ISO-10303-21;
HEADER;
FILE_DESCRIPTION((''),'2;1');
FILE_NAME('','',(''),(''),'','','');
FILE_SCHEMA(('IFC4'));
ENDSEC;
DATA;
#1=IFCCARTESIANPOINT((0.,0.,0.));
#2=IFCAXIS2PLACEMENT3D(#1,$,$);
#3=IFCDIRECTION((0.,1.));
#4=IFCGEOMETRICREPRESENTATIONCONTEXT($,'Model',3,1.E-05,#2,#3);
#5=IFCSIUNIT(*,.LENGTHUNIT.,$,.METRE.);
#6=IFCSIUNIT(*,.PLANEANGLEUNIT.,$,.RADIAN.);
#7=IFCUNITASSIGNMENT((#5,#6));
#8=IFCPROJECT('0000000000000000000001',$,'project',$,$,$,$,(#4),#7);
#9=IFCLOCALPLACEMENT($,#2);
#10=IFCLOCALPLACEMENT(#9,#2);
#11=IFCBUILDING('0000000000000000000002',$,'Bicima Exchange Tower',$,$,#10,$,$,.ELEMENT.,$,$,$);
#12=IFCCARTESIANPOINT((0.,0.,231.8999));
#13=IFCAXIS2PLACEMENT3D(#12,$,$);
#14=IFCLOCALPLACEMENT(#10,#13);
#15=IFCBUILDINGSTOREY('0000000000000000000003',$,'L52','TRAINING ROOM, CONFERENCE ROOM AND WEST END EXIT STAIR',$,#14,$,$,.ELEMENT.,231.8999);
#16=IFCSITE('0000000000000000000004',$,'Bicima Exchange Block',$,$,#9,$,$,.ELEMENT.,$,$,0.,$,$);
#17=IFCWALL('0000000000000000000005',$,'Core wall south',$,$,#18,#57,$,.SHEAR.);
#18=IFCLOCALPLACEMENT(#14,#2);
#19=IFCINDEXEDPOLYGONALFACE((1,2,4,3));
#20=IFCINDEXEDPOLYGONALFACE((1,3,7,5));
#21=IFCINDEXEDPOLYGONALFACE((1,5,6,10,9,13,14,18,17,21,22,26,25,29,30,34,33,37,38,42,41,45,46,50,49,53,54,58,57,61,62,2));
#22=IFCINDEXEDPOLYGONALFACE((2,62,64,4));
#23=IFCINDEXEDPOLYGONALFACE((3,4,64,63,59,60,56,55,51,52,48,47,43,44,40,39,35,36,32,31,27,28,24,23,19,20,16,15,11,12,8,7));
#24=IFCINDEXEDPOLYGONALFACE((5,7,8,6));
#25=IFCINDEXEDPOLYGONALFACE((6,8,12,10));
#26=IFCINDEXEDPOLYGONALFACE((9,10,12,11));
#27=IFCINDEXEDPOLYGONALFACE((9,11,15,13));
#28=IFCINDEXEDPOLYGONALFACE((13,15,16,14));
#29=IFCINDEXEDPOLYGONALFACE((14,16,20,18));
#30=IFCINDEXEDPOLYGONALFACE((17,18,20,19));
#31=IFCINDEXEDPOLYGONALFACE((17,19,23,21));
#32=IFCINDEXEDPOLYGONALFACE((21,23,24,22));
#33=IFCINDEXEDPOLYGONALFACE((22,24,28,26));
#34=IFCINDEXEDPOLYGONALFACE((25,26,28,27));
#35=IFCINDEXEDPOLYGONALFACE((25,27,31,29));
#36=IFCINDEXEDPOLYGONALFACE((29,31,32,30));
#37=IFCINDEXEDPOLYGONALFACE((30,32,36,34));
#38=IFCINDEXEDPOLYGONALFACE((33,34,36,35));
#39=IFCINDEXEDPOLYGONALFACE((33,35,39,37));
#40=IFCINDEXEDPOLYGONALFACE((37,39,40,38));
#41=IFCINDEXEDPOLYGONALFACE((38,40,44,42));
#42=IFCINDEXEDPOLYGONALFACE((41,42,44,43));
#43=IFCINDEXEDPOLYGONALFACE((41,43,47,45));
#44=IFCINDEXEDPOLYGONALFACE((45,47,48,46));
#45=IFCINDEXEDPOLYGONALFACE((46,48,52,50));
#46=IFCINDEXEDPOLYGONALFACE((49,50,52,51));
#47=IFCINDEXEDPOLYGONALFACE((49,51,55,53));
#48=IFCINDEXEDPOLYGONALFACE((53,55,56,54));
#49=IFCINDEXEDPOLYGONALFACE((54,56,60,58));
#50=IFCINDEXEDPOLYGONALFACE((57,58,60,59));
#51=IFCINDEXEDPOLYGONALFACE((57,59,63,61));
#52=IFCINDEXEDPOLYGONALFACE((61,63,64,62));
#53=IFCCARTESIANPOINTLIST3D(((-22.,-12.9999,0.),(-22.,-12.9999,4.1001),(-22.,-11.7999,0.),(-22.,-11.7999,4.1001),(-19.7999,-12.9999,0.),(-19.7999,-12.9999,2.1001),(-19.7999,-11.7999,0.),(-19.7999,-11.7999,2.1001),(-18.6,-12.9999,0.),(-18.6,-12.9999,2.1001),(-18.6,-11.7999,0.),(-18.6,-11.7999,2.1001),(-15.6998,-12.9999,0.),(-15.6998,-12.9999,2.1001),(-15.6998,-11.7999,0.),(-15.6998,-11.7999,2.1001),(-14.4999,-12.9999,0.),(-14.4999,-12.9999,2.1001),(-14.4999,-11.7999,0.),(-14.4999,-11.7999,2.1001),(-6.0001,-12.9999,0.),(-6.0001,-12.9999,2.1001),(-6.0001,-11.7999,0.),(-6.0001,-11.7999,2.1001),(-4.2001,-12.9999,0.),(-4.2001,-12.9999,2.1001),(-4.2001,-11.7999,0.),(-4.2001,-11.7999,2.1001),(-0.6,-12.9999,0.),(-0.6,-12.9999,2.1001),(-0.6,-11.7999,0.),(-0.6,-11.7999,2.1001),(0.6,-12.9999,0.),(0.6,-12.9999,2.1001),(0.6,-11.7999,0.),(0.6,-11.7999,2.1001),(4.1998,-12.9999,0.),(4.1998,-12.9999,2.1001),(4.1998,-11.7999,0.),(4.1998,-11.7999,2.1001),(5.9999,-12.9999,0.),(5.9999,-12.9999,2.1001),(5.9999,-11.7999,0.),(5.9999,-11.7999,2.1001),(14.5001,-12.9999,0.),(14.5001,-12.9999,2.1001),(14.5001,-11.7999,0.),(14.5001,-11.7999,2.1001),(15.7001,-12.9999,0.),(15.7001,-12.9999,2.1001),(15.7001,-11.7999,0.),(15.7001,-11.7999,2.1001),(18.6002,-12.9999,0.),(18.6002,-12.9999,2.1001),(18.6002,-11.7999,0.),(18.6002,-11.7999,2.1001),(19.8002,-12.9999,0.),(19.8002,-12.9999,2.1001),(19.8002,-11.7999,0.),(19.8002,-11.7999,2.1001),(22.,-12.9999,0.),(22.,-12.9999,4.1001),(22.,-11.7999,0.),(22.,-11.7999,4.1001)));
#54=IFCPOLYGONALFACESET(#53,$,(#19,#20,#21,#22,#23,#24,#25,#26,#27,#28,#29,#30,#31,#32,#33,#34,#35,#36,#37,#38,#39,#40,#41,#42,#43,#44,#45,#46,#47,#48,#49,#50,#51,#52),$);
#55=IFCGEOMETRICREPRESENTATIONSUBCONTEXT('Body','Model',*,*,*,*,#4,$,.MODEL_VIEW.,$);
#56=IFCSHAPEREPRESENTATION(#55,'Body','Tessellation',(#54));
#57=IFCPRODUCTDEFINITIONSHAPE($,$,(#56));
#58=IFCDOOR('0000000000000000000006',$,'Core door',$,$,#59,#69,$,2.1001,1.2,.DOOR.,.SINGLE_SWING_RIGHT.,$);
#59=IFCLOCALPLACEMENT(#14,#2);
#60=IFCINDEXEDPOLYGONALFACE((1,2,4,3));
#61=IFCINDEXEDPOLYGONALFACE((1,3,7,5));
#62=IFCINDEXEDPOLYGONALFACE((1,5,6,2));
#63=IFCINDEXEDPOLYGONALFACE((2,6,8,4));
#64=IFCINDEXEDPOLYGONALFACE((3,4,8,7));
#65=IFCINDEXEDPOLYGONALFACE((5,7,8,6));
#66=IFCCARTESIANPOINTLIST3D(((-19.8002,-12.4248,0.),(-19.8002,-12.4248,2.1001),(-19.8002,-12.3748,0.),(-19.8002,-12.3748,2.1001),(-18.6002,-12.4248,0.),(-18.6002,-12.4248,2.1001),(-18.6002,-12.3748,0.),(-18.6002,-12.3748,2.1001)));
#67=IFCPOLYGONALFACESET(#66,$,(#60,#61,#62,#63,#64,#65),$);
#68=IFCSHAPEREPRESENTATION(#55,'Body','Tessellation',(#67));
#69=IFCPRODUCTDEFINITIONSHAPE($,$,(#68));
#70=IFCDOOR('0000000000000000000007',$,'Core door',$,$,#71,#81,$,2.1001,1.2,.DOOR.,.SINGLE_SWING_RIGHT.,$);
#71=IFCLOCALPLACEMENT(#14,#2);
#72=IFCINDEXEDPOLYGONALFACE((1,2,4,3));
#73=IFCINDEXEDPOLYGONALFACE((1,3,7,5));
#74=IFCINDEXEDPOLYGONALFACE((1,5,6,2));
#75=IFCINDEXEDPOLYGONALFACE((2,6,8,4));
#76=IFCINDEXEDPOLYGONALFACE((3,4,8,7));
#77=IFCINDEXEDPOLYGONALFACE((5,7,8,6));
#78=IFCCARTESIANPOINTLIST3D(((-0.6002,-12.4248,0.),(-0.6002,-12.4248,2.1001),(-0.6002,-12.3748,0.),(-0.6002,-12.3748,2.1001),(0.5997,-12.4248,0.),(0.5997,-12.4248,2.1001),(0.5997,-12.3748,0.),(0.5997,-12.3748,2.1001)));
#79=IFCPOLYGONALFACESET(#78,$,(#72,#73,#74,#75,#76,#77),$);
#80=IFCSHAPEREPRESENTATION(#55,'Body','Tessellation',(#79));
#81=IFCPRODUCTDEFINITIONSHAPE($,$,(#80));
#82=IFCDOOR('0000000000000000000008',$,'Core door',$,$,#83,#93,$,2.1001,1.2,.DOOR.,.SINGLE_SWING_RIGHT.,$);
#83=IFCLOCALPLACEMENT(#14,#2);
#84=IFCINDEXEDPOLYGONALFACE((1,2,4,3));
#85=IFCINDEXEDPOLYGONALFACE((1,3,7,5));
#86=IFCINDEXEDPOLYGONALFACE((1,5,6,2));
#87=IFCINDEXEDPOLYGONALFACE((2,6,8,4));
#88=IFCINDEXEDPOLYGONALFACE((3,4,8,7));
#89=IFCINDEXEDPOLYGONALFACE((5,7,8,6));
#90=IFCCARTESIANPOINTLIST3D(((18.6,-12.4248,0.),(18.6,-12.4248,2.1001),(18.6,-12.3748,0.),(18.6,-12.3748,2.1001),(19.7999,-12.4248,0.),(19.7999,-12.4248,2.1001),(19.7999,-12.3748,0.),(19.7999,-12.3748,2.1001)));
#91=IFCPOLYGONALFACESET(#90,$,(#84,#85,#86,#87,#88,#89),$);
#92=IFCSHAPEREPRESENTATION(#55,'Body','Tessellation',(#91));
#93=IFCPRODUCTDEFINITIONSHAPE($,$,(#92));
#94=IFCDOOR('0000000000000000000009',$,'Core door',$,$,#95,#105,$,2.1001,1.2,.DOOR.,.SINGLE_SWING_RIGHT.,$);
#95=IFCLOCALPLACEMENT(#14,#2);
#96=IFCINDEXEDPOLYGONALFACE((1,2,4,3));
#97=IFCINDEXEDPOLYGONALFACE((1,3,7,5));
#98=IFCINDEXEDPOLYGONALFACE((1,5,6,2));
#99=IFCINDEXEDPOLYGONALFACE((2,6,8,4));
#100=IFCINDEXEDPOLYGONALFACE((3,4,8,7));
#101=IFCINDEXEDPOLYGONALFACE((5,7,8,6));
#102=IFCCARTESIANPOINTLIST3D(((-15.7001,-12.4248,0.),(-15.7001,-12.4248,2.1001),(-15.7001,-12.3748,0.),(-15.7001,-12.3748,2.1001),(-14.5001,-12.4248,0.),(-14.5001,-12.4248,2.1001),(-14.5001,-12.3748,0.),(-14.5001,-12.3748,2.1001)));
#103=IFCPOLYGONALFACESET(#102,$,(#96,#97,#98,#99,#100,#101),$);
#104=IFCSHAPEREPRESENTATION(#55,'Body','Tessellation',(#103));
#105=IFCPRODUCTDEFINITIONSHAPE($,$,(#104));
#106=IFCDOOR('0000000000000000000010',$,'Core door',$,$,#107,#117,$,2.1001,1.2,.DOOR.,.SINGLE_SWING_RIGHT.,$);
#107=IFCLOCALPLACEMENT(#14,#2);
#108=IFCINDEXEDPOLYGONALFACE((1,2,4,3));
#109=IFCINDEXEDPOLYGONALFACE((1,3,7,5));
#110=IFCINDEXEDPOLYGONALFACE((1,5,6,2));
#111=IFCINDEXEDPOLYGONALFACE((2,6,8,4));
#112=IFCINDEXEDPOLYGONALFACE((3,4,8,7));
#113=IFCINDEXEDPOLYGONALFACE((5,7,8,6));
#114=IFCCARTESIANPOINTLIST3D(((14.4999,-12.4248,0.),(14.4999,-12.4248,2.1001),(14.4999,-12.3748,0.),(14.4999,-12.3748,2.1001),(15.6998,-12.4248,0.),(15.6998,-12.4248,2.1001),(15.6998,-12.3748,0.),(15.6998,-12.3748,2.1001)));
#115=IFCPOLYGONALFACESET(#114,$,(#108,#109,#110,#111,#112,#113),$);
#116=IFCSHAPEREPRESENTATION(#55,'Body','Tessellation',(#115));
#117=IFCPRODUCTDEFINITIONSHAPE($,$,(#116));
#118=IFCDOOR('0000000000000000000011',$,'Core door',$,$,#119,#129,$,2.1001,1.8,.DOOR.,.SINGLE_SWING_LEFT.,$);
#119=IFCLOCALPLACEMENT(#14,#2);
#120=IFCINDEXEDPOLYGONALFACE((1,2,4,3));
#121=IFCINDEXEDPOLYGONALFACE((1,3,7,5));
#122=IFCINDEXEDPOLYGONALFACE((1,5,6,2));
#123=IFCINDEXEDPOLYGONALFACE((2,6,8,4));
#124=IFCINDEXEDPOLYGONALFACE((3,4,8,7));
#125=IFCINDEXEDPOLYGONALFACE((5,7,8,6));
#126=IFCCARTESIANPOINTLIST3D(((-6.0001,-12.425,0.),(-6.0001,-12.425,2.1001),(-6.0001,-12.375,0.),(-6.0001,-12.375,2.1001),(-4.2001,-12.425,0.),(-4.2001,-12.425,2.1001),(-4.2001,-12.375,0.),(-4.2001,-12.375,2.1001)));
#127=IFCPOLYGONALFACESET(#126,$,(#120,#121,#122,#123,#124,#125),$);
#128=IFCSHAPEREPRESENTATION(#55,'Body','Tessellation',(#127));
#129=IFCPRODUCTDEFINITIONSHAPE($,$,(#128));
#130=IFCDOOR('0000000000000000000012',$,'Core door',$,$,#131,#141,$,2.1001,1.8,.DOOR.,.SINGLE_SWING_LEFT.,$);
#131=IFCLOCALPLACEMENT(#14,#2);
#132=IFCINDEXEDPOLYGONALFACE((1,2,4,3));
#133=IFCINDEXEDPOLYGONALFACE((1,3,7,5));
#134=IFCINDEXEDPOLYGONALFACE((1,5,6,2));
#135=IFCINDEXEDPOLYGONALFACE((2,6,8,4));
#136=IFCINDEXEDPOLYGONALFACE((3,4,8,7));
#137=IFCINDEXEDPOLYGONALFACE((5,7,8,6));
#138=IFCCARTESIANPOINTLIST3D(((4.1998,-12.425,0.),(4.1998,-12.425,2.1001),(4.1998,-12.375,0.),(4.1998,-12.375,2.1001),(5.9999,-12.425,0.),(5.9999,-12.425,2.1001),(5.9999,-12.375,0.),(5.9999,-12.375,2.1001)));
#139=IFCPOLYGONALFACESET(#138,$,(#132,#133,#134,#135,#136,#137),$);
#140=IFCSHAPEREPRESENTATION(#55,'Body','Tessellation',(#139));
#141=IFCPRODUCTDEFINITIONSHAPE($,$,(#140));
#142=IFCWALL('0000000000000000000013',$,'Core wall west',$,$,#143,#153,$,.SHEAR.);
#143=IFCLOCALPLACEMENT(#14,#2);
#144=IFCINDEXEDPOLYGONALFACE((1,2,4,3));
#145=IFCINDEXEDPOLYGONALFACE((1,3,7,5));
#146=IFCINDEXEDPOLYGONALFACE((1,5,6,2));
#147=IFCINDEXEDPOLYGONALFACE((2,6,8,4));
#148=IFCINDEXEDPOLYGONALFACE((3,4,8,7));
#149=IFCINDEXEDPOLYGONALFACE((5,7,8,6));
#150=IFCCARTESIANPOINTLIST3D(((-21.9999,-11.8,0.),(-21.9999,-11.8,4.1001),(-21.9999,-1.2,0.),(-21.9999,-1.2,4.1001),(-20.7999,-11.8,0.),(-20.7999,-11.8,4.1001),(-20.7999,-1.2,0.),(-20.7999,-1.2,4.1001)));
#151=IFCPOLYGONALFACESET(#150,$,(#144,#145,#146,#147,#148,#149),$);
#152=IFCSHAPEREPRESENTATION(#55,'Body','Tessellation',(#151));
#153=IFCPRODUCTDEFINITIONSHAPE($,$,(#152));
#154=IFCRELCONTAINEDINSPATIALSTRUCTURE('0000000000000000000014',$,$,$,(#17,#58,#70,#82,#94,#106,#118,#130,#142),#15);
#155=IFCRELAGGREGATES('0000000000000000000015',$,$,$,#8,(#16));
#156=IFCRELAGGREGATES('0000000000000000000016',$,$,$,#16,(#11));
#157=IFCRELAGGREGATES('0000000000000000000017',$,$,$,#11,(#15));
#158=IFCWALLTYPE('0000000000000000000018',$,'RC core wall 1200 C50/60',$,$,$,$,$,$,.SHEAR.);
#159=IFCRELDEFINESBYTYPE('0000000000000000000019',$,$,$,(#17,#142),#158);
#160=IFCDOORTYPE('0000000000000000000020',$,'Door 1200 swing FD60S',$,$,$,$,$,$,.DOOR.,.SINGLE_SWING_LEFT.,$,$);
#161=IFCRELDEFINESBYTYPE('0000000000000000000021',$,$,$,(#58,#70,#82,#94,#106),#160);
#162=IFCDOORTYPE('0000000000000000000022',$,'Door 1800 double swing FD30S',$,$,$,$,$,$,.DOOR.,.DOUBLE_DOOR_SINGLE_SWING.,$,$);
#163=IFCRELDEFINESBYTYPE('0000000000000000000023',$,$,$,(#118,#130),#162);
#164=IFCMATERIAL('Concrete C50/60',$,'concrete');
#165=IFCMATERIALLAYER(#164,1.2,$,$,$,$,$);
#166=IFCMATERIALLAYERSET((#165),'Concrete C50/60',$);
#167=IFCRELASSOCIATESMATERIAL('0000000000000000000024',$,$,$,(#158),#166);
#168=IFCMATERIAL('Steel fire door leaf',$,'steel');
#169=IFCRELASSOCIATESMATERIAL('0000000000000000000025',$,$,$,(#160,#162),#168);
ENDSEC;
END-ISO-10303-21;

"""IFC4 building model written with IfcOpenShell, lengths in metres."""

from ifc_helpers import new_model, si_unit, direction, frame, frame_2d, origin, place, context, subcontext, project, spatial, rectangle, extrude, material, layer, layer_set, type_object, element, fill, save


model = new_model("IFC4")

# Units and contexts
model_context = context("Model", 3, precision=1e-05, world=origin(), true_north=direction((0.0, 1.0)))
body_context = subcontext(model_context, "Body", "Model", "MODEL_VIEW")
ifc_project = project(units=[si_unit("LENGTHUNIT", "METRE"), si_unit("PLANEANGLEUNIT", "RADIAN")], contexts=[model_context])

# Site, building, storey
site_placement = place(None, origin())
site = spatial("IfcSite", under=ifc_project, at=site_placement, Name="Bicima Exchange Block", CompositionType="ELEMENT", RefElevation=0.0)
building_placement = place(site_placement, origin())
building = spatial("IfcBuilding", under=site, at=building_placement, Name="Bicima Exchange Tower", CompositionType="ELEMENT")
storey_placement = place(building_placement, frame((0.0, 0.0, 231.8999)))
storey = spatial("IfcBuildingStorey", under=building, at=storey_placement, Name="L52", Description="TRAINING ROOM, CONFERENCE ROOM AND WEST END EXIT STAIR", CompositionType="ELEMENT", Elevation=231.8999)

# Wall, openings, doors
ifc_material_1 = material(Name="Concrete C50/60", Category="concrete")
ifc_layer_1 = layer(ifc_material_1, 1.2)
ifc_layer_set_1 = layer_set([ifc_layer_1], Name="Concrete C50/60")
wall_type_1 = type_object("IfcWallType", Name="RC core wall 1200 C50/60", PredefinedType="SHEAR", material=ifc_layer_set_1)
wall_1_placement = place(storey_placement, frame((-22.0, -12.3999, 0.0), z_axis=(0.0, 0.0, 1.0), x_axis=(1.0, 0.0, 0.0)))
wall_1 = element("IfcWall", 1, at=wall_1_placement, inside=storey, type_object=wall_type_1, Name="Core wall south", PredefinedType="SHEAR", context=body_context, shape_type="SweptSolid", body=[
    extrude(rectangle(XDim=44.0, YDim=1.2, at=frame_2d((22.0, 0.0))), origin(), (0.0, 0.0, 1.0), 4.1001),
])
opening_1_placement = place(wall_1_placement, frame((2.2, 0.0, 0.0)))
opening_1 = element("IfcOpeningElement", 2, at=opening_1_placement, cuts=wall_1, PredefinedType="OPENING", context=body_context, shape_type="SweptSolid", body=[
    extrude(rectangle(XDim=1.2, YDim=2.1001, at=frame_2d((0.6001, 1.05))), frame((0.0, 0.6118, 0.0), z_axis=(0.0, -1.0, 0.0), x_axis=(1.0, 0.0, 0.0)), (0.0, 0.0, 1.0), 1.2239),
])
opening_2_placement = place(wall_1_placement, frame((21.3999, 0.0, 0.0)))
opening_2 = element("IfcOpeningElement", 3, at=opening_2_placement, cuts=wall_1, PredefinedType="OPENING", context=body_context, shape_type="SweptSolid", body=[
    extrude(rectangle(XDim=1.2, YDim=2.1001, at=frame_2d((0.6001, 1.05))), frame((0.0, 0.6118, 0.0), z_axis=(0.0, -1.0, 0.0), x_axis=(1.0, 0.0, 0.0)), (0.0, 0.0, 1.0), 1.2239),
])
opening_3_placement = place(wall_1_placement, frame((40.6001, 0.0, 0.0)))
opening_3 = element("IfcOpeningElement", 4, at=opening_3_placement, cuts=wall_1, PredefinedType="OPENING", context=body_context, shape_type="SweptSolid", body=[
    extrude(rectangle(XDim=1.2, YDim=2.1001, at=frame_2d((0.6001, 1.05))), frame((0.0, 0.6118, 0.0), z_axis=(0.0, -1.0, 0.0), x_axis=(1.0, 0.0, 0.0)), (0.0, 0.0, 1.0), 1.2239),
])
opening_4_placement = place(wall_1_placement, frame((16.0, 0.0, 0.0)))
opening_4 = element("IfcOpeningElement", 5, at=opening_4_placement, cuts=wall_1, PredefinedType="OPENING", context=body_context, shape_type="SweptSolid", body=[
    extrude(rectangle(XDim=1.8, YDim=2.1001, at=frame_2d((0.8999, 1.05))), frame((0.0, 0.6118, 0.0), z_axis=(0.0, -1.0, 0.0), x_axis=(1.0, 0.0, 0.0)), (0.0, 0.0, 1.0), 1.2239),
])
opening_5_placement = place(wall_1_placement, frame((6.3, 0.0, 0.0)))
opening_5 = element("IfcOpeningElement", 6, at=opening_5_placement, cuts=wall_1, PredefinedType="OPENING", context=body_context, shape_type="SweptSolid", body=[
    extrude(rectangle(XDim=1.2, YDim=2.1001, at=frame_2d((0.6001, 1.05))), frame((0.0, 0.6118, 0.0), z_axis=(0.0, -1.0, 0.0), x_axis=(1.0, 0.0, 0.0)), (0.0, 0.0, 1.0), 1.2239),
])
opening_6_placement = place(wall_1_placement, frame((26.2, 0.0, 0.0)))
opening_6 = element("IfcOpeningElement", 7, at=opening_6_placement, cuts=wall_1, PredefinedType="OPENING", context=body_context, shape_type="SweptSolid", body=[
    extrude(rectangle(XDim=1.8, YDim=2.1001, at=frame_2d((0.8999, 1.05))), frame((0.0, 0.6118, 0.0), z_axis=(0.0, -1.0, 0.0), x_axis=(1.0, 0.0, 0.0)), (0.0, 0.0, 1.0), 1.2239),
])
opening_7_placement = place(wall_1_placement, frame((36.5, 0.0, 0.0)))
opening_7 = element("IfcOpeningElement", 8, at=opening_7_placement, cuts=wall_1, PredefinedType="OPENING", context=body_context, shape_type="SweptSolid", body=[
    extrude(rectangle(XDim=1.2, YDim=2.1001, at=frame_2d((0.6001, 1.05))), frame((0.0, 0.6118, 0.0), z_axis=(0.0, -1.0, 0.0), x_axis=(1.0, 0.0, 0.0)), (0.0, 0.0, 1.0), 1.2239),
])
ifc_material_2 = material(Name="Steel fire door leaf", Category="steel")
door_type_1 = type_object("IfcDoorType", Name="Door 1200 swing FD60S", OperationType="SINGLE_SWING_LEFT", PredefinedType="DOOR", material=ifc_material_2)
door_1_placement = place(opening_1_placement, frame((1.2, 0.0, 0.0), z_axis=(0.0, 0.0, 1.0), x_axis=(-1.0, 0.0, 0.0)))
door_1 = element("IfcDoor", 9, at=door_1_placement, inside=storey, type_object=door_type_1, Name="Core door", OperationType="SINGLE_SWING_RIGHT", OverallHeight=2.1001, OverallWidth=1.2, PredefinedType="DOOR", context=body_context, shape_type="SweptSolid", body=[
    extrude(rectangle(XDim=1.2, YDim=2.1001, at=frame_2d((0.6001, 1.05))), frame((0.0, 0.0249, 0.0), z_axis=(0.0, -1.0, 0.0), x_axis=(1.0, 0.0, 0.0)), (0.0, 0.0, 1.0), 0.05),
])
fill(opening_1, door_1)
door_2_placement = place(opening_2_placement, frame((1.2, 0.0, 0.0), z_axis=(0.0, 0.0, 1.0), x_axis=(-1.0, 0.0, 0.0)))
door_2 = element("IfcDoor", 10, at=door_2_placement, inside=storey, type_object=door_type_1, Name="Core door", OperationType="SINGLE_SWING_RIGHT", OverallHeight=2.1001, OverallWidth=1.2, PredefinedType="DOOR", context=body_context, shape_type="SweptSolid", body=[
    extrude(rectangle(XDim=1.2, YDim=2.1001, at=frame_2d((0.6001, 1.05))), frame((0.0, 0.0249, 0.0), z_axis=(0.0, -1.0, 0.0), x_axis=(1.0, 0.0, 0.0)), (0.0, 0.0, 1.0), 0.05),
])
fill(opening_2, door_2)
door_3_placement = place(opening_3_placement, frame((1.2, 0.0, 0.0), z_axis=(0.0, 0.0, 1.0), x_axis=(-1.0, 0.0, 0.0)))
door_3 = element("IfcDoor", 11, at=door_3_placement, inside=storey, type_object=door_type_1, Name="Core door", OperationType="SINGLE_SWING_RIGHT", OverallHeight=2.1001, OverallWidth=1.2, PredefinedType="DOOR", context=body_context, shape_type="SweptSolid", body=[
    extrude(rectangle(XDim=1.2, YDim=2.1001, at=frame_2d((0.6001, 1.05))), frame((0.0, 0.0249, 0.0), z_axis=(0.0, -1.0, 0.0), x_axis=(1.0, 0.0, 0.0)), (0.0, 0.0, 1.0), 0.05),
])
fill(opening_3, door_3)
door_4_placement = place(opening_5_placement, frame((1.2, 0.0, 0.0), z_axis=(0.0, 0.0, 1.0), x_axis=(-1.0, 0.0, 0.0)))
door_4 = element("IfcDoor", 12, at=door_4_placement, inside=storey, type_object=door_type_1, Name="Core door", OperationType="SINGLE_SWING_RIGHT", OverallHeight=2.1001, OverallWidth=1.2, PredefinedType="DOOR", context=body_context, shape_type="SweptSolid", body=[
    extrude(rectangle(XDim=1.2, YDim=2.1001, at=frame_2d((0.6001, 1.05))), frame((0.0, 0.0249, 0.0), z_axis=(0.0, -1.0, 0.0), x_axis=(1.0, 0.0, 0.0)), (0.0, 0.0, 1.0), 0.05),
])
fill(opening_5, door_4)
door_5_placement = place(opening_7_placement, frame((1.2, 0.0, 0.0), z_axis=(0.0, 0.0, 1.0), x_axis=(-1.0, 0.0, 0.0)))
door_5 = element("IfcDoor", 13, at=door_5_placement, inside=storey, type_object=door_type_1, Name="Core door", OperationType="SINGLE_SWING_RIGHT", OverallHeight=2.1001, OverallWidth=1.2, PredefinedType="DOOR", context=body_context, shape_type="SweptSolid", body=[
    extrude(rectangle(XDim=1.2, YDim=2.1001, at=frame_2d((0.6001, 1.05))), frame((0.0, 0.0249, 0.0), z_axis=(0.0, -1.0, 0.0), x_axis=(1.0, 0.0, 0.0)), (0.0, 0.0, 1.0), 0.05),
])
fill(opening_7, door_5)
door_type_2 = type_object("IfcDoorType", Name="Door 1800 double swing FD30S", OperationType="DOUBLE_DOOR_SINGLE_SWING", PredefinedType="DOOR", material=ifc_material_2)
door_6_placement = place(opening_4_placement, origin())
door_6 = element("IfcDoor", 14, at=door_6_placement, inside=storey, type_object=door_type_2, Name="Core door", OperationType="SINGLE_SWING_LEFT", OverallHeight=2.1001, OverallWidth=1.8, PredefinedType="DOOR", context=body_context, shape_type="SweptSolid", body=[
    extrude(rectangle(XDim=1.8, YDim=2.1001, at=frame_2d((0.8999, 1.05))), frame((0.0, 0.0249, 0.0), z_axis=(0.0, -1.0, 0.0), x_axis=(1.0, 0.0, 0.0)), (0.0, 0.0, 1.0), 0.05),
])
fill(opening_4, door_6)
door_7_placement = place(opening_6_placement, origin())
door_7 = element("IfcDoor", 15, at=door_7_placement, inside=storey, type_object=door_type_2, Name="Core door", OperationType="SINGLE_SWING_LEFT", OverallHeight=2.1001, OverallWidth=1.8, PredefinedType="DOOR", context=body_context, shape_type="SweptSolid", body=[
    extrude(rectangle(XDim=1.8, YDim=2.1001, at=frame_2d((0.8999, 1.05))), frame((0.0, 0.0249, 0.0), z_axis=(0.0, -1.0, 0.0), x_axis=(1.0, 0.0, 0.0)), (0.0, 0.0, 1.0), 0.05),
])
fill(opening_6, door_7)

# Wall
wall_2_placement = place(storey_placement, frame((-21.3999, -11.8, 0.0), z_axis=(0.0, 0.0, 1.0), x_axis=(0.0, 1.0, 0.0)))
element("IfcWall", 16, at=wall_2_placement, inside=storey, type_object=wall_type_1, Name="Core wall west", PredefinedType="SHEAR", context=body_context, shape_type="SweptSolid", body=[
    extrude(rectangle(XDim=10.6001, YDim=1.2, at=frame_2d((5.3, 0.0))), origin(), (0.0, 0.0, 1.0), 4.1001),
])

save(model, "model.ifc")
